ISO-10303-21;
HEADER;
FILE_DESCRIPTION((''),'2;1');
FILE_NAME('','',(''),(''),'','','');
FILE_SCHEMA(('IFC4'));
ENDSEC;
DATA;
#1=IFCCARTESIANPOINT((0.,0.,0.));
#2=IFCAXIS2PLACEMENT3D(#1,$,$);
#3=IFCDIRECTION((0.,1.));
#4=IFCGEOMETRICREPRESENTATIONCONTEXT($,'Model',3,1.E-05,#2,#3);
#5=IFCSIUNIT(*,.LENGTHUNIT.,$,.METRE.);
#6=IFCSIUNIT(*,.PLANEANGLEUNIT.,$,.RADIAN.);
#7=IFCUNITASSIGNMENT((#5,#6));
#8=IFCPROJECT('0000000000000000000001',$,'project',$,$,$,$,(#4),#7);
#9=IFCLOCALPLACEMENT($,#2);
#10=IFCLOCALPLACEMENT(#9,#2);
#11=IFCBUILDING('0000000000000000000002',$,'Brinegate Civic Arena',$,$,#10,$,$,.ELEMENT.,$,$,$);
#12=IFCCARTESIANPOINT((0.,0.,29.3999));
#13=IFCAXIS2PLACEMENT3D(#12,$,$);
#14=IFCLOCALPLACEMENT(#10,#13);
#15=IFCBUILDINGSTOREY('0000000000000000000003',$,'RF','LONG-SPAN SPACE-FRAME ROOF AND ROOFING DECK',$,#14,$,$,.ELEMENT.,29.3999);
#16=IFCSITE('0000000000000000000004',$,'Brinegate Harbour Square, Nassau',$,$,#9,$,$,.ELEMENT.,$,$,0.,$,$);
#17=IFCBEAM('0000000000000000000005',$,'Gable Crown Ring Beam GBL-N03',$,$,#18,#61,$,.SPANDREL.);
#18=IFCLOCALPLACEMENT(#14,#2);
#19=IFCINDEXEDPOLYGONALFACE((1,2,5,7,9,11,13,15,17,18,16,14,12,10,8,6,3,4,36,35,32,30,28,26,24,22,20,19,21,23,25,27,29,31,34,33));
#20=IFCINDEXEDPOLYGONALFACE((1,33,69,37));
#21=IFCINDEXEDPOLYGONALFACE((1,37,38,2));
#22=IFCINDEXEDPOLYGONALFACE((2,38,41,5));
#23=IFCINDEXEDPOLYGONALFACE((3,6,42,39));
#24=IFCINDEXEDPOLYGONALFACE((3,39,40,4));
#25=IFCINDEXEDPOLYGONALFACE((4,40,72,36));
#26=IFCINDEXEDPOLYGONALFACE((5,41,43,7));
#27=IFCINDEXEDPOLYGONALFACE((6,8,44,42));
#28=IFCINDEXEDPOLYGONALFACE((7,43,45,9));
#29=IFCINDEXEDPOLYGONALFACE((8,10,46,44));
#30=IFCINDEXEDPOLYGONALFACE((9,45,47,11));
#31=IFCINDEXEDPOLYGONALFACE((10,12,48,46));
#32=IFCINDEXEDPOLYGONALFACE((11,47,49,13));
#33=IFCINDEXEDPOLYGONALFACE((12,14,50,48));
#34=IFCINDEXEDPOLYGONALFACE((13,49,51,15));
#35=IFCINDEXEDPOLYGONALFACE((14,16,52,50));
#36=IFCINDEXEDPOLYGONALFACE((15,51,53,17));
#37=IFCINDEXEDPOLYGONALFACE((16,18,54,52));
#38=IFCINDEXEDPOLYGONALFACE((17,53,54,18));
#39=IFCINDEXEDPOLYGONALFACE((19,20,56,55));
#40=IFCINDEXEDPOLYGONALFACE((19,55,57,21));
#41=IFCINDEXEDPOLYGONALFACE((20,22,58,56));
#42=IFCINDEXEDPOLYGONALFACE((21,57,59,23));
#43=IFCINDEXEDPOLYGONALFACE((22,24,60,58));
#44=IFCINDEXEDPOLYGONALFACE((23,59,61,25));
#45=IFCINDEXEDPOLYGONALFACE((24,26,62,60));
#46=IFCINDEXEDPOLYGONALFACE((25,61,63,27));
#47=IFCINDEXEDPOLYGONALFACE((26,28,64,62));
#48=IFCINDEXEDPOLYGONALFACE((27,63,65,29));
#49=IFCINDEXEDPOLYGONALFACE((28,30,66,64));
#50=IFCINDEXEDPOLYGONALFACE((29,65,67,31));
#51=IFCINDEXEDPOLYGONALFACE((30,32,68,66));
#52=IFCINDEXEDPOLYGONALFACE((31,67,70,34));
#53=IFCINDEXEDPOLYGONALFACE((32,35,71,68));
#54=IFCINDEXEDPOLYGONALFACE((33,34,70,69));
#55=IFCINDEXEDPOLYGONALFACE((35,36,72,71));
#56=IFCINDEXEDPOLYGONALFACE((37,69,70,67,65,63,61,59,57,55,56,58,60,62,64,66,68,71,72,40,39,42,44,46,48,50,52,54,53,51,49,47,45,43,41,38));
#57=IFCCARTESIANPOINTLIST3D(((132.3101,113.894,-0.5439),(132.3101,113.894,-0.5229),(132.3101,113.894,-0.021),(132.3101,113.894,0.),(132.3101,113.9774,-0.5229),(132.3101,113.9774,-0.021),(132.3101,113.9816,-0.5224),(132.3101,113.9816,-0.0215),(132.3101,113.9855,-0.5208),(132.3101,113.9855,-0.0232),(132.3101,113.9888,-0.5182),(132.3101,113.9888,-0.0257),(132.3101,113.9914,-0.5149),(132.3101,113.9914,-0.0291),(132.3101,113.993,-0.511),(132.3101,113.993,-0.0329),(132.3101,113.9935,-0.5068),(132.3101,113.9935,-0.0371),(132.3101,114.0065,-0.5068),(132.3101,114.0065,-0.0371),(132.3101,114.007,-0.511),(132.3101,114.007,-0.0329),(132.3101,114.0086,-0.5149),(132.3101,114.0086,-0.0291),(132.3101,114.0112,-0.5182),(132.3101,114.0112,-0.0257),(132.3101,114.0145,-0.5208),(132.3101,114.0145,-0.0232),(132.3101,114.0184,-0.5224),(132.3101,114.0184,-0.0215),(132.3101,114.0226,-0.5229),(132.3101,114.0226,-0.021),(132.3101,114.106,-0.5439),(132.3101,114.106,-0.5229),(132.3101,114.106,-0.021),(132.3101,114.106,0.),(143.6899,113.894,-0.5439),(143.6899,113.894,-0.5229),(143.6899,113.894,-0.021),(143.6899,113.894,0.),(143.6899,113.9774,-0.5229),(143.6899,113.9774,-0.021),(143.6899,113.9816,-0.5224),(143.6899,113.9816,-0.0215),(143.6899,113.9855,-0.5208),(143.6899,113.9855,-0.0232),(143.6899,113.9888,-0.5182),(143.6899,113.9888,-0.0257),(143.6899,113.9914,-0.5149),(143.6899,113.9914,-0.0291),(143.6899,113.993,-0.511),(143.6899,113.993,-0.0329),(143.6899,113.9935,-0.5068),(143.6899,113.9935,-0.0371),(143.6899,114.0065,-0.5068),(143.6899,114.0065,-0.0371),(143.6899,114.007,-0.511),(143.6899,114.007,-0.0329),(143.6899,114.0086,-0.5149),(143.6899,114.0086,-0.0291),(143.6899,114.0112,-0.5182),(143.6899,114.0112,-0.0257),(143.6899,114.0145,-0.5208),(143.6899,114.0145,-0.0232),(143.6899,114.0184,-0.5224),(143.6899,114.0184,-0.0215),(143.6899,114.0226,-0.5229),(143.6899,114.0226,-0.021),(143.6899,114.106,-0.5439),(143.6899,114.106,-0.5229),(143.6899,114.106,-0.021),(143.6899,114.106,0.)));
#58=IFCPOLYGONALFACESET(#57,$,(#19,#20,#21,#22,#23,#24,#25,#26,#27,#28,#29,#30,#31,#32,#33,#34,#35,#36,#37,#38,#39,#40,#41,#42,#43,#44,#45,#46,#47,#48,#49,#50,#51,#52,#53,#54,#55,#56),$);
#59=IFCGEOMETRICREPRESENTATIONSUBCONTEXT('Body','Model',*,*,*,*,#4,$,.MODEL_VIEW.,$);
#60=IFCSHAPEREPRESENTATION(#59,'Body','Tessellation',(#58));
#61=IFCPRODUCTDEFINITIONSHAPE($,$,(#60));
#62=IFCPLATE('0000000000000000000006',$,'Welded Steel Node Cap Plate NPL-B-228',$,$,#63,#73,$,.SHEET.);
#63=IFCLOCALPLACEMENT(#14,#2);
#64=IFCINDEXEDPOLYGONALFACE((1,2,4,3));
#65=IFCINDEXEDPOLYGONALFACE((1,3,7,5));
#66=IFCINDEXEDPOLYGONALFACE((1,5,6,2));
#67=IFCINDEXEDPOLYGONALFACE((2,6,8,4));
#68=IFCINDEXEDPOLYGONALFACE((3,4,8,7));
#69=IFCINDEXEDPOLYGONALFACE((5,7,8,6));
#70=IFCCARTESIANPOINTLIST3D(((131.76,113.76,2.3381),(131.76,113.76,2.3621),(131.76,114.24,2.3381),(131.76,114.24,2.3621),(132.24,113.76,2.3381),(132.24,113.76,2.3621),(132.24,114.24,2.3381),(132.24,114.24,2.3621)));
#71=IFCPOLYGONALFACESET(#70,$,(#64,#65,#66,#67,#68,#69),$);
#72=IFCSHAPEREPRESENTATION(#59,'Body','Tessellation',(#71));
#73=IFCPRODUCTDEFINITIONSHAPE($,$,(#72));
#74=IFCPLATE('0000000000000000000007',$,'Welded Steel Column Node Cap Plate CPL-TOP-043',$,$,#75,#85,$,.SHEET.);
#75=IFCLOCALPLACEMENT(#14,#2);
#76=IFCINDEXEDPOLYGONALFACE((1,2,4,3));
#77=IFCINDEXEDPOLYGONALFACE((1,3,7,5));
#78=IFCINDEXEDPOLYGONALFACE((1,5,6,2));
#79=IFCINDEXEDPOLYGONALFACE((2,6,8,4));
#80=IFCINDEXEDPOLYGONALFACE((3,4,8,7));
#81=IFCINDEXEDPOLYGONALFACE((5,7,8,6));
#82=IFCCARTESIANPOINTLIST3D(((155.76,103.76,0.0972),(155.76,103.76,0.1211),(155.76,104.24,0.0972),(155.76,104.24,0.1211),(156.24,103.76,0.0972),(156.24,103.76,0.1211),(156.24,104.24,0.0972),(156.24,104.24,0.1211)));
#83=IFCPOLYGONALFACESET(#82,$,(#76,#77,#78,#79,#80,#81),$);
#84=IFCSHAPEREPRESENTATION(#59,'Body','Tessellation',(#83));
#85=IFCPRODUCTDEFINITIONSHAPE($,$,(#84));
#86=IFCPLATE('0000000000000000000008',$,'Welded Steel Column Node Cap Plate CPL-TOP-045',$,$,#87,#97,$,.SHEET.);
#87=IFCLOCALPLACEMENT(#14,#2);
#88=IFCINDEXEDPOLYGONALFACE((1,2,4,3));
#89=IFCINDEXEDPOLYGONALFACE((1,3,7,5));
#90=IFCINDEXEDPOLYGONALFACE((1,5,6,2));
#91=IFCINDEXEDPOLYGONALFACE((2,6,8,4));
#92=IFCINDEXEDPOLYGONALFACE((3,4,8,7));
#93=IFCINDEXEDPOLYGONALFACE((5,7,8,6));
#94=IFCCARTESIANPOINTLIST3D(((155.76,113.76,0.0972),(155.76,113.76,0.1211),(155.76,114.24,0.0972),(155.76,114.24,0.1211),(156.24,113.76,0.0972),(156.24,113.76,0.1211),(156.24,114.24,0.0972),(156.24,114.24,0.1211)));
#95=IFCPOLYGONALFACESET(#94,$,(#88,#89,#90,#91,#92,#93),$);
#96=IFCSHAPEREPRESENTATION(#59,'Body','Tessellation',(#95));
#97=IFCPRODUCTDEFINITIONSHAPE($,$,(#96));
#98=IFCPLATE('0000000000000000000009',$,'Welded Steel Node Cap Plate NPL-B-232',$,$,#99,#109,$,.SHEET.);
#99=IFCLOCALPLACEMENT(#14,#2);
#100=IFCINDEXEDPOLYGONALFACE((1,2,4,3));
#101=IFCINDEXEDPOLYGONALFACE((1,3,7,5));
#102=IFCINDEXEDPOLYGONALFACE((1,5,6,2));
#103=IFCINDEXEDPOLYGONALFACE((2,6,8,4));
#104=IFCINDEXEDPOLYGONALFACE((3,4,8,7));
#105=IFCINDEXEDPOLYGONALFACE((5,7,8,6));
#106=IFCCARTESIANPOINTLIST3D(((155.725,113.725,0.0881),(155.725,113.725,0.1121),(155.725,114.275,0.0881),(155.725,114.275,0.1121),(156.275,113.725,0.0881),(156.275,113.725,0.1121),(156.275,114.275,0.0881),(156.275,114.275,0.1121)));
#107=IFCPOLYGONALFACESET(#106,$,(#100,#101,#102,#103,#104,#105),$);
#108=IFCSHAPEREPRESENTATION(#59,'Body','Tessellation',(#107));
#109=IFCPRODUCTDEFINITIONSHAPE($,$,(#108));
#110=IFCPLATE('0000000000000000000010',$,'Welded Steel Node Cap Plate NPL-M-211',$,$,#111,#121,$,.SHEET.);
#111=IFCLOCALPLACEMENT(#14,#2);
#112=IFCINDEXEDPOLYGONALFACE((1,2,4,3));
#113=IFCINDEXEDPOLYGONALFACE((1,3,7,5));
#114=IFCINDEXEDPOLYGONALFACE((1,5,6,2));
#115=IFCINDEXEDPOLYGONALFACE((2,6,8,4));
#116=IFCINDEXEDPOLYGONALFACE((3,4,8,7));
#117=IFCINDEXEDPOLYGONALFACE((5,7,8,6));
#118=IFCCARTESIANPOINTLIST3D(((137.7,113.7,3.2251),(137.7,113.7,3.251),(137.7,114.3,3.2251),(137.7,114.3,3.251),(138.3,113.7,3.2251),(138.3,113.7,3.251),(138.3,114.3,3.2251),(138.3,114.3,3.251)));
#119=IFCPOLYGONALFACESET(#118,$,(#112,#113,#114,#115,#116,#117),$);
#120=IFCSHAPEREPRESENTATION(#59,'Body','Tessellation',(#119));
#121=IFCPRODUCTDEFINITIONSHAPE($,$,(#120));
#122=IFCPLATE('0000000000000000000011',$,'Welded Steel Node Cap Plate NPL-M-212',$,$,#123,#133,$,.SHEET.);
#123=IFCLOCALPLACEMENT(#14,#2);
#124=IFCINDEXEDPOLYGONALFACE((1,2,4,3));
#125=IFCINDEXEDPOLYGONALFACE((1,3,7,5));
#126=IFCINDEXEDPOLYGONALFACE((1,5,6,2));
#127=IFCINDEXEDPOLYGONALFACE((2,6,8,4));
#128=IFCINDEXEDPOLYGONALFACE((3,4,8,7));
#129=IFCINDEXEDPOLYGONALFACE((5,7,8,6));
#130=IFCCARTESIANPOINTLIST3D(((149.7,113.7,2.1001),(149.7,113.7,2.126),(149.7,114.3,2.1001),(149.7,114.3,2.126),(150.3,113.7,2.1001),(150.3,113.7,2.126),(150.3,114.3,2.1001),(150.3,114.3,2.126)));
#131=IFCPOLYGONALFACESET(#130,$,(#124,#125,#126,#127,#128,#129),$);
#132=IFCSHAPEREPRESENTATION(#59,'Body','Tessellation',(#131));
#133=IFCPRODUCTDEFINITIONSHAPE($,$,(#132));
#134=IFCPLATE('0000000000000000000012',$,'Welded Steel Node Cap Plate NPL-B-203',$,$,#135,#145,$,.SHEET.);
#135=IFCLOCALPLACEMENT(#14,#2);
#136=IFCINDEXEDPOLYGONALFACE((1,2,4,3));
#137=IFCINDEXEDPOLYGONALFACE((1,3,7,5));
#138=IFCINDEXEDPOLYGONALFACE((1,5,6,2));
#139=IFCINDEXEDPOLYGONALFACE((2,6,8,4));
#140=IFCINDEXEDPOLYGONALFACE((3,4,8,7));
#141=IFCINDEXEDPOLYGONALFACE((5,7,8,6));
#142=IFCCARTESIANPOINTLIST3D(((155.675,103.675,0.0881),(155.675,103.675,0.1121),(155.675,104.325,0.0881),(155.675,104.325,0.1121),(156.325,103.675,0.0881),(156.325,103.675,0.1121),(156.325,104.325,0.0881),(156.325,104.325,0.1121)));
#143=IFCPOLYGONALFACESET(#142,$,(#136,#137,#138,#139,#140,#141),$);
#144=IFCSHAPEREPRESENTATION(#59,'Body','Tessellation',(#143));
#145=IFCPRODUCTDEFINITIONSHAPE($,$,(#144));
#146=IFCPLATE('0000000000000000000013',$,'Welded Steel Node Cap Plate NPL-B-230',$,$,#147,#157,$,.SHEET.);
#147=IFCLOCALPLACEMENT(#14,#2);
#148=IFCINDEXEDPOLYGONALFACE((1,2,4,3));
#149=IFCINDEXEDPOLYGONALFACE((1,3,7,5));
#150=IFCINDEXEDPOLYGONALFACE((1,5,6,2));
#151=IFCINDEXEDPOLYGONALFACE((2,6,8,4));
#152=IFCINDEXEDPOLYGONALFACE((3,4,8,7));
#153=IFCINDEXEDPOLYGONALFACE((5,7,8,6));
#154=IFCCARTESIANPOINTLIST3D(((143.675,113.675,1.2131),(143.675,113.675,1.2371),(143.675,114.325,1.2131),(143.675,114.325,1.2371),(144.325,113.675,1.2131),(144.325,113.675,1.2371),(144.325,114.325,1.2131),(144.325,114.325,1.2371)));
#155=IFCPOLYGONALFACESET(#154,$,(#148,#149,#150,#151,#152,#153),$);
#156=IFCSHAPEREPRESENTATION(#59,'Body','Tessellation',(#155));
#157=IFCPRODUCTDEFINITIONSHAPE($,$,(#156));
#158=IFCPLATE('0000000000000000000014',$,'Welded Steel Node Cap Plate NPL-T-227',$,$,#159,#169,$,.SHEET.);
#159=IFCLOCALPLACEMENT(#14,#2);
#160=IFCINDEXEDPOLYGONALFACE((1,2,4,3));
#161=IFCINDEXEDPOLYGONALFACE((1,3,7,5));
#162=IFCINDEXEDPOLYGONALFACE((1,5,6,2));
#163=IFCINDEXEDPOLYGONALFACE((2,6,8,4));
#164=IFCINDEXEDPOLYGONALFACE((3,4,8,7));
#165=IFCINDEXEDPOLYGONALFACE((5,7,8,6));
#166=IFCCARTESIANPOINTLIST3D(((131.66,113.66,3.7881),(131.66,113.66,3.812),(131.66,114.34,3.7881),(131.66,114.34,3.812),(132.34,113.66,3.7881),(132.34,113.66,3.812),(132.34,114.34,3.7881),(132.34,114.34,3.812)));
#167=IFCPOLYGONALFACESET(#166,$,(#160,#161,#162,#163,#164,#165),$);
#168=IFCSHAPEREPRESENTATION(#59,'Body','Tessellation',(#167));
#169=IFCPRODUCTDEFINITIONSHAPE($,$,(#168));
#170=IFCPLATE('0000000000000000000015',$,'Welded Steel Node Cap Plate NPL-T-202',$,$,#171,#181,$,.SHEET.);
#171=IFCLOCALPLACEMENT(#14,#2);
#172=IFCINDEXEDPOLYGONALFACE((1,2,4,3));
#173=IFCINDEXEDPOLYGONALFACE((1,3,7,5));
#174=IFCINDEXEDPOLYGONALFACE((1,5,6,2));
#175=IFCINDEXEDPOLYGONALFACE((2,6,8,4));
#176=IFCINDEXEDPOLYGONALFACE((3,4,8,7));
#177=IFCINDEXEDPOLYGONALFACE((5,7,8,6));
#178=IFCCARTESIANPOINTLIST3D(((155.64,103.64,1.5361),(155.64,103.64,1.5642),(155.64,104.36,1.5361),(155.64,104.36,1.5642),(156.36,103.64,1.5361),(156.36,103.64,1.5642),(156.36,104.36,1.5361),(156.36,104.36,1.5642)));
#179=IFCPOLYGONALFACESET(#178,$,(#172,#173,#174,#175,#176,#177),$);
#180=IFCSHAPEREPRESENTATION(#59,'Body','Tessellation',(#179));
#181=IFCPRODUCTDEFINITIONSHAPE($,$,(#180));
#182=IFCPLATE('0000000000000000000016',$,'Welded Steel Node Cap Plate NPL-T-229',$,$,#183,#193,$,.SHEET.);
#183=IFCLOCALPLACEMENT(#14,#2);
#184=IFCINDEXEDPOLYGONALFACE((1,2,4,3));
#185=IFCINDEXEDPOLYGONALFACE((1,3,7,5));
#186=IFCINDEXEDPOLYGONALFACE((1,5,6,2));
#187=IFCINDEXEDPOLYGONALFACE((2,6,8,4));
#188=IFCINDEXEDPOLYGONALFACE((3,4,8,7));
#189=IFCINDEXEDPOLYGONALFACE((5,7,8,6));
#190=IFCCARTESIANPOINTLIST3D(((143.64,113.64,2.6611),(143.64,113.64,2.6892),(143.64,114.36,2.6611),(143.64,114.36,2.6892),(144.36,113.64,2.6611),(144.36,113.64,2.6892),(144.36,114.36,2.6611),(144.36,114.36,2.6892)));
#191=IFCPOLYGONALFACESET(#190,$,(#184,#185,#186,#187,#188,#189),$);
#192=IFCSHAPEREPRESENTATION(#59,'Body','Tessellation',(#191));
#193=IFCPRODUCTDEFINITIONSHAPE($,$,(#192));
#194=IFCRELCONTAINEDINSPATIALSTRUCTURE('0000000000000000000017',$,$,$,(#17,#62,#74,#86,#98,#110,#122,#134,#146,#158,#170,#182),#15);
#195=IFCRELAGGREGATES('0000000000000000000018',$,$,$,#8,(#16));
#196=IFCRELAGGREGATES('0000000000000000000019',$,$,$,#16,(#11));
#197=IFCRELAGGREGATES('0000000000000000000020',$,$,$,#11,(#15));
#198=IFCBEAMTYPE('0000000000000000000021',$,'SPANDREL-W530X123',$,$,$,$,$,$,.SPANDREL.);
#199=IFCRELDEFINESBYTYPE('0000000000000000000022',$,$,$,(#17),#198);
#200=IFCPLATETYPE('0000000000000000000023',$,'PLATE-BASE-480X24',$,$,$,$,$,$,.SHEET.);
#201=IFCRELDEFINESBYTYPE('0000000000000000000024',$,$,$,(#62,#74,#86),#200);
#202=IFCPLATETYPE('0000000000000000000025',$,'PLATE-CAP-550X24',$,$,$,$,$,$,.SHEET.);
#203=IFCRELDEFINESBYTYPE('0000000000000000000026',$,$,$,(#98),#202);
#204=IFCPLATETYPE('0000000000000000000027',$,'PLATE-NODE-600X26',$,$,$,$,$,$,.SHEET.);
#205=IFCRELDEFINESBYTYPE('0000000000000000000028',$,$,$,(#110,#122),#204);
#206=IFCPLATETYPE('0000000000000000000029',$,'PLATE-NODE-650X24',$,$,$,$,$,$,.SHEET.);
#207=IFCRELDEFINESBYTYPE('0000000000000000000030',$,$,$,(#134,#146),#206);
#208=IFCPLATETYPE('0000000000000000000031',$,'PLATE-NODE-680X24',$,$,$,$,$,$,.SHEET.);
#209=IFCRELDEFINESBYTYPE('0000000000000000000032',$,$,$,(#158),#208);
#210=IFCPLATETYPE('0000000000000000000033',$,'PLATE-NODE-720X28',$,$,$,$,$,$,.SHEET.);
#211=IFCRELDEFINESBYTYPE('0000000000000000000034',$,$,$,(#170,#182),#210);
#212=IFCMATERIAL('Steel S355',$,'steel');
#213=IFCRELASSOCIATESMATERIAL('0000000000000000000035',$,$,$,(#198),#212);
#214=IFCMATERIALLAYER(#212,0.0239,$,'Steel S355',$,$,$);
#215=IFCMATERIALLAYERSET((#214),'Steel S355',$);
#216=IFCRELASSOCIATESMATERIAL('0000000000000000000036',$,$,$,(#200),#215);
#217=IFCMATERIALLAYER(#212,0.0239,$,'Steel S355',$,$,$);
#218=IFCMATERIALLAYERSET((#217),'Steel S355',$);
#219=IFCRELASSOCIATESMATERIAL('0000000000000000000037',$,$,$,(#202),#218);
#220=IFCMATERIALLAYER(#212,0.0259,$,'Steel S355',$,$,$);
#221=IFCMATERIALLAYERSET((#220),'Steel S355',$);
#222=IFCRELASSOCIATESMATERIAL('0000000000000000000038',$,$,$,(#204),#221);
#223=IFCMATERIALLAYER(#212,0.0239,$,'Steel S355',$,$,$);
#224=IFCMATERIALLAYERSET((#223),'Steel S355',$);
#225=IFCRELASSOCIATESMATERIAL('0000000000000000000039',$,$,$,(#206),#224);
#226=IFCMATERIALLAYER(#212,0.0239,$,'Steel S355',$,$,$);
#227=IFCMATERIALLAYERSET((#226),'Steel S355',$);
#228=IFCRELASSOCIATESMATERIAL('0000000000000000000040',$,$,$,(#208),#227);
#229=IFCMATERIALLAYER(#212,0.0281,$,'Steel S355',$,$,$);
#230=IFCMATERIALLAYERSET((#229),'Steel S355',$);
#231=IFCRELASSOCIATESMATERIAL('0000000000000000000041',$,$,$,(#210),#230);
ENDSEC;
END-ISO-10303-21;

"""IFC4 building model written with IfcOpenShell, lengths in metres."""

from ifc_helpers import new_model, si_unit, direction, frame, origin, origin_2d, place, context, subcontext, project, spatial, rectangle, i_section, extrude, material, layer, layer_set, material_profile, profile_set, type_object, element, save


model = new_model("IFC4")

# Units and contexts
model_context = context("Model", 3, precision=1e-05, world=origin(), true_north=direction((0.0, 1.0)))
body_context = subcontext(model_context, "Body", "Model", "MODEL_VIEW")
ifc_project = project(units=[si_unit("LENGTHUNIT", "METRE"), si_unit("PLANEANGLEUNIT", "RADIAN")], contexts=[model_context])

# Site, building, storey
site_placement = place(None, origin())
site = spatial("IfcSite", under=ifc_project, at=site_placement, Name="Brinegate Harbour Square, Nassau", CompositionType="ELEMENT", RefElevation=0.0)
building_placement = place(site_placement, origin())
building = spatial("IfcBuilding", under=site, at=building_placement, Name="Brinegate Civic Arena", CompositionType="ELEMENT")
storey_placement = place(building_placement, frame((0.0, 0.0, 29.3999)))
storey = spatial("IfcBuildingStorey", under=building, at=storey_placement, Name="RF", Description="LONG-SPAN SPACE-FRAME ROOF AND ROOFING DECK", CompositionType="ELEMENT", Elevation=29.3999)

# Shared definitions
ifc_material_1 = material(Name="Steel S355", Category="steel")

# Beam
ifc_material_profile_1 = material_profile(ifc_material_1, i_section(OverallWidth=0.2119, OverallDepth=0.5439, WebThickness=0.0129, FlangeThickness=0.021, FilletRadius=0.0161, at=origin_2d()), Name="W530X123")
ifc_profile_set_1 = profile_set([ifc_material_profile_1], Name="Steel S355")
beam_type_1 = type_object("IfcBeamType", Name="SPANDREL-W530X123", PredefinedType="SPANDREL", material=ifc_profile_set_1)
beam_1_placement = place(storey_placement, frame((132.3101, 114.0, -0.272), z_axis=(1.0, 0.0, 0.0), x_axis=(0.0, 1.0, 0.0)))
element("IfcBeam", 1, at=beam_1_placement, inside=storey, type_object=beam_type_1, Name="Gable Crown Ring Beam GBL-N03", PredefinedType="SPANDREL", context=body_context, shape_type="SweptSolid", body=[
    extrude(i_section(OverallWidth=0.2119, OverallDepth=0.5439, WebThickness=0.0129, FlangeThickness=0.021, FilletRadius=0.0161, at=origin_2d()), origin(), (0.0, 0.0, 1.0), 11.3799),
])

# Plates
ifc_layer_1 = layer(ifc_material_1, 0.0239, Name="Steel S355")
ifc_layer_set_1 = layer_set([ifc_layer_1], Name="Steel S355")
plate_type_1 = type_object("IfcPlateType", Name="PLATE-BASE-480X24", PredefinedType="SHEET", material=ifc_layer_set_1)
for number, where, z_axis, x_axis, name in (
    (2, (132.0, 114.0, 2.3381), (0.0, 0.0, 1.0), (1.0, 0.0, 0.0), "Welded Steel Node Cap Plate NPL-B-228"),
    (3, (156.0, 104.0, 0.0972), (0.0, 0.0, 1.0), (1.0, 0.0, 0.0), "Welded Steel Column Node Cap Plate CPL-TOP-043"),
    (4, (156.0, 114.0, 0.0972), (0.0, 0.0, 1.0), (1.0, 0.0, 0.0), "Welded Steel Column Node Cap Plate CPL-TOP-045"),
):
    element("IfcPlate", number, at=place(storey_placement, frame(where, z_axis=z_axis, x_axis=x_axis)), inside=storey, type_object=plate_type_1, Name=name, PredefinedType="SHEET", context=body_context, shape_type="SweptSolid", body=[
        extrude(rectangle(XDim=0.48, YDim=0.48, at=origin_2d()), origin(), (0.0, 0.0, 1.0), 0.0239),
    ])
ifc_layer_2 = layer(ifc_material_1, 0.0239, Name="Steel S355")
ifc_layer_set_2 = layer_set([ifc_layer_2], Name="Steel S355")
plate_type_2 = type_object("IfcPlateType", Name="PLATE-CAP-550X24", PredefinedType="SHEET", material=ifc_layer_set_2)
plate_1_placement = place(storey_placement, frame((156.0, 114.0, 0.0881), z_axis=(0.0, 0.0, 1.0), x_axis=(1.0, 0.0, 0.0)))
element("IfcPlate", 5, at=plate_1_placement, inside=storey, type_object=plate_type_2, Name="Welded Steel Node Cap Plate NPL-B-232", PredefinedType="SHEET", context=body_context, shape_type="SweptSolid", body=[
    extrude(rectangle(XDim=0.55, YDim=0.55, at=origin_2d()), origin(), (0.0, 0.0, 1.0), 0.0239),
])
ifc_layer_3 = layer(ifc_material_1, 0.0259, Name="Steel S355")
ifc_layer_set_3 = layer_set([ifc_layer_3], Name="Steel S355")
plate_type_3 = type_object("IfcPlateType", Name="PLATE-NODE-600X26", PredefinedType="SHEET", material=ifc_layer_set_3)
for number, where, z_axis, x_axis, name in (
    (6, (138.0, 114.0, 3.2251), (0.0, 0.0, 1.0), (1.0, 0.0, 0.0), "Welded Steel Node Cap Plate NPL-M-211"),
    (7, (150.0, 114.0, 2.1001), (0.0, 0.0, 1.0), (1.0, 0.0, 0.0), "Welded Steel Node Cap Plate NPL-M-212"),
):
    element("IfcPlate", number, at=place(storey_placement, frame(where, z_axis=z_axis, x_axis=x_axis)), inside=storey, type_object=plate_type_3, Name=name, PredefinedType="SHEET", context=body_context, shape_type="SweptSolid", body=[
        extrude(rectangle(XDim=0.6001, YDim=0.6001, at=origin_2d()), origin(), (0.0, 0.0, 1.0), 0.0259),
    ])
ifc_layer_4 = layer(ifc_material_1, 0.0239, Name="Steel S355")
ifc_layer_set_4 = layer_set([ifc_layer_4], Name="Steel S355")
plate_type_4 = type_object("IfcPlateType", Name="PLATE-NODE-650X24", PredefinedType="SHEET", material=ifc_layer_set_4)
for number, where, z_axis, x_axis, name in (
    (8, (156.0, 104.0, 0.0881), (0.0, 0.0, 1.0), (1.0, 0.0, 0.0), "Welded Steel Node Cap Plate NPL-B-203"),
    (9, (144.0, 114.0, 1.2131), (0.0, 0.0, 1.0), (1.0, 0.0, 0.0), "Welded Steel Node Cap Plate NPL-B-230"),
):
    element("IfcPlate", number, at=place(storey_placement, frame(where, z_axis=z_axis, x_axis=x_axis)), inside=storey, type_object=plate_type_4, Name=name, PredefinedType="SHEET", context=body_context, shape_type="SweptSolid", body=[
        extrude(rectangle(XDim=0.6499, YDim=0.6499, at=origin_2d()), origin(), (0.0, 0.0, 1.0), 0.0239),
    ])
ifc_layer_5 = layer(ifc_material_1, 0.0239, Name="Steel S355")
ifc_layer_set_5 = layer_set([ifc_layer_5], Name="Steel S355")
plate_type_5 = type_object("IfcPlateType", Name="PLATE-NODE-680X24", PredefinedType="SHEET", material=ifc_layer_set_5)
plate_2_placement = place(storey_placement, frame((132.0, 114.0, 3.7881), z_axis=(0.0, 0.0, 1.0), x_axis=(1.0, 0.0, 0.0)))
element("IfcPlate", 10, at=plate_2_placement, inside=storey, type_object=plate_type_5, Name="Welded Steel Node Cap Plate NPL-T-227", PredefinedType="SHEET", context=body_context, shape_type="SweptSolid", body=[
    extrude(rectangle(XDim=0.6799, YDim=0.6799, at=origin_2d()), origin(), (0.0, 0.0, 1.0), 0.0239),
])
ifc_layer_6 = layer(ifc_material_1, 0.0281, Name="Steel S355")
ifc_layer_set_6 = layer_set([ifc_layer_6], Name="Steel S355")
plate_type_6 = type_object("IfcPlateType", Name="PLATE-NODE-720X28", PredefinedType="SHEET", material=ifc_layer_set_6)
for number, where, z_axis, x_axis, name in (
    (11, (156.0, 104.0, 1.5361), (0.0, 0.0, 1.0), (1.0, 0.0, 0.0), "Welded Steel Node Cap Plate NPL-T-202"),
    (12, (144.0, 114.0, 2.6611), (0.0, 0.0, 1.0), (1.0, 0.0, 0.0), "Welded Steel Node Cap Plate NPL-T-229"),
):
    element("IfcPlate", number, at=place(storey_placement, frame(where, z_axis=z_axis, x_axis=x_axis)), inside=storey, type_object=plate_type_6, Name=name, PredefinedType="SHEET", context=body_context, shape_type="SweptSolid", body=[
        extrude(rectangle(XDim=0.72, YDim=0.72, at=origin_2d()), origin(), (0.0, 0.0, 1.0), 0.0281),
    ])

save(model, "model.ifc")
